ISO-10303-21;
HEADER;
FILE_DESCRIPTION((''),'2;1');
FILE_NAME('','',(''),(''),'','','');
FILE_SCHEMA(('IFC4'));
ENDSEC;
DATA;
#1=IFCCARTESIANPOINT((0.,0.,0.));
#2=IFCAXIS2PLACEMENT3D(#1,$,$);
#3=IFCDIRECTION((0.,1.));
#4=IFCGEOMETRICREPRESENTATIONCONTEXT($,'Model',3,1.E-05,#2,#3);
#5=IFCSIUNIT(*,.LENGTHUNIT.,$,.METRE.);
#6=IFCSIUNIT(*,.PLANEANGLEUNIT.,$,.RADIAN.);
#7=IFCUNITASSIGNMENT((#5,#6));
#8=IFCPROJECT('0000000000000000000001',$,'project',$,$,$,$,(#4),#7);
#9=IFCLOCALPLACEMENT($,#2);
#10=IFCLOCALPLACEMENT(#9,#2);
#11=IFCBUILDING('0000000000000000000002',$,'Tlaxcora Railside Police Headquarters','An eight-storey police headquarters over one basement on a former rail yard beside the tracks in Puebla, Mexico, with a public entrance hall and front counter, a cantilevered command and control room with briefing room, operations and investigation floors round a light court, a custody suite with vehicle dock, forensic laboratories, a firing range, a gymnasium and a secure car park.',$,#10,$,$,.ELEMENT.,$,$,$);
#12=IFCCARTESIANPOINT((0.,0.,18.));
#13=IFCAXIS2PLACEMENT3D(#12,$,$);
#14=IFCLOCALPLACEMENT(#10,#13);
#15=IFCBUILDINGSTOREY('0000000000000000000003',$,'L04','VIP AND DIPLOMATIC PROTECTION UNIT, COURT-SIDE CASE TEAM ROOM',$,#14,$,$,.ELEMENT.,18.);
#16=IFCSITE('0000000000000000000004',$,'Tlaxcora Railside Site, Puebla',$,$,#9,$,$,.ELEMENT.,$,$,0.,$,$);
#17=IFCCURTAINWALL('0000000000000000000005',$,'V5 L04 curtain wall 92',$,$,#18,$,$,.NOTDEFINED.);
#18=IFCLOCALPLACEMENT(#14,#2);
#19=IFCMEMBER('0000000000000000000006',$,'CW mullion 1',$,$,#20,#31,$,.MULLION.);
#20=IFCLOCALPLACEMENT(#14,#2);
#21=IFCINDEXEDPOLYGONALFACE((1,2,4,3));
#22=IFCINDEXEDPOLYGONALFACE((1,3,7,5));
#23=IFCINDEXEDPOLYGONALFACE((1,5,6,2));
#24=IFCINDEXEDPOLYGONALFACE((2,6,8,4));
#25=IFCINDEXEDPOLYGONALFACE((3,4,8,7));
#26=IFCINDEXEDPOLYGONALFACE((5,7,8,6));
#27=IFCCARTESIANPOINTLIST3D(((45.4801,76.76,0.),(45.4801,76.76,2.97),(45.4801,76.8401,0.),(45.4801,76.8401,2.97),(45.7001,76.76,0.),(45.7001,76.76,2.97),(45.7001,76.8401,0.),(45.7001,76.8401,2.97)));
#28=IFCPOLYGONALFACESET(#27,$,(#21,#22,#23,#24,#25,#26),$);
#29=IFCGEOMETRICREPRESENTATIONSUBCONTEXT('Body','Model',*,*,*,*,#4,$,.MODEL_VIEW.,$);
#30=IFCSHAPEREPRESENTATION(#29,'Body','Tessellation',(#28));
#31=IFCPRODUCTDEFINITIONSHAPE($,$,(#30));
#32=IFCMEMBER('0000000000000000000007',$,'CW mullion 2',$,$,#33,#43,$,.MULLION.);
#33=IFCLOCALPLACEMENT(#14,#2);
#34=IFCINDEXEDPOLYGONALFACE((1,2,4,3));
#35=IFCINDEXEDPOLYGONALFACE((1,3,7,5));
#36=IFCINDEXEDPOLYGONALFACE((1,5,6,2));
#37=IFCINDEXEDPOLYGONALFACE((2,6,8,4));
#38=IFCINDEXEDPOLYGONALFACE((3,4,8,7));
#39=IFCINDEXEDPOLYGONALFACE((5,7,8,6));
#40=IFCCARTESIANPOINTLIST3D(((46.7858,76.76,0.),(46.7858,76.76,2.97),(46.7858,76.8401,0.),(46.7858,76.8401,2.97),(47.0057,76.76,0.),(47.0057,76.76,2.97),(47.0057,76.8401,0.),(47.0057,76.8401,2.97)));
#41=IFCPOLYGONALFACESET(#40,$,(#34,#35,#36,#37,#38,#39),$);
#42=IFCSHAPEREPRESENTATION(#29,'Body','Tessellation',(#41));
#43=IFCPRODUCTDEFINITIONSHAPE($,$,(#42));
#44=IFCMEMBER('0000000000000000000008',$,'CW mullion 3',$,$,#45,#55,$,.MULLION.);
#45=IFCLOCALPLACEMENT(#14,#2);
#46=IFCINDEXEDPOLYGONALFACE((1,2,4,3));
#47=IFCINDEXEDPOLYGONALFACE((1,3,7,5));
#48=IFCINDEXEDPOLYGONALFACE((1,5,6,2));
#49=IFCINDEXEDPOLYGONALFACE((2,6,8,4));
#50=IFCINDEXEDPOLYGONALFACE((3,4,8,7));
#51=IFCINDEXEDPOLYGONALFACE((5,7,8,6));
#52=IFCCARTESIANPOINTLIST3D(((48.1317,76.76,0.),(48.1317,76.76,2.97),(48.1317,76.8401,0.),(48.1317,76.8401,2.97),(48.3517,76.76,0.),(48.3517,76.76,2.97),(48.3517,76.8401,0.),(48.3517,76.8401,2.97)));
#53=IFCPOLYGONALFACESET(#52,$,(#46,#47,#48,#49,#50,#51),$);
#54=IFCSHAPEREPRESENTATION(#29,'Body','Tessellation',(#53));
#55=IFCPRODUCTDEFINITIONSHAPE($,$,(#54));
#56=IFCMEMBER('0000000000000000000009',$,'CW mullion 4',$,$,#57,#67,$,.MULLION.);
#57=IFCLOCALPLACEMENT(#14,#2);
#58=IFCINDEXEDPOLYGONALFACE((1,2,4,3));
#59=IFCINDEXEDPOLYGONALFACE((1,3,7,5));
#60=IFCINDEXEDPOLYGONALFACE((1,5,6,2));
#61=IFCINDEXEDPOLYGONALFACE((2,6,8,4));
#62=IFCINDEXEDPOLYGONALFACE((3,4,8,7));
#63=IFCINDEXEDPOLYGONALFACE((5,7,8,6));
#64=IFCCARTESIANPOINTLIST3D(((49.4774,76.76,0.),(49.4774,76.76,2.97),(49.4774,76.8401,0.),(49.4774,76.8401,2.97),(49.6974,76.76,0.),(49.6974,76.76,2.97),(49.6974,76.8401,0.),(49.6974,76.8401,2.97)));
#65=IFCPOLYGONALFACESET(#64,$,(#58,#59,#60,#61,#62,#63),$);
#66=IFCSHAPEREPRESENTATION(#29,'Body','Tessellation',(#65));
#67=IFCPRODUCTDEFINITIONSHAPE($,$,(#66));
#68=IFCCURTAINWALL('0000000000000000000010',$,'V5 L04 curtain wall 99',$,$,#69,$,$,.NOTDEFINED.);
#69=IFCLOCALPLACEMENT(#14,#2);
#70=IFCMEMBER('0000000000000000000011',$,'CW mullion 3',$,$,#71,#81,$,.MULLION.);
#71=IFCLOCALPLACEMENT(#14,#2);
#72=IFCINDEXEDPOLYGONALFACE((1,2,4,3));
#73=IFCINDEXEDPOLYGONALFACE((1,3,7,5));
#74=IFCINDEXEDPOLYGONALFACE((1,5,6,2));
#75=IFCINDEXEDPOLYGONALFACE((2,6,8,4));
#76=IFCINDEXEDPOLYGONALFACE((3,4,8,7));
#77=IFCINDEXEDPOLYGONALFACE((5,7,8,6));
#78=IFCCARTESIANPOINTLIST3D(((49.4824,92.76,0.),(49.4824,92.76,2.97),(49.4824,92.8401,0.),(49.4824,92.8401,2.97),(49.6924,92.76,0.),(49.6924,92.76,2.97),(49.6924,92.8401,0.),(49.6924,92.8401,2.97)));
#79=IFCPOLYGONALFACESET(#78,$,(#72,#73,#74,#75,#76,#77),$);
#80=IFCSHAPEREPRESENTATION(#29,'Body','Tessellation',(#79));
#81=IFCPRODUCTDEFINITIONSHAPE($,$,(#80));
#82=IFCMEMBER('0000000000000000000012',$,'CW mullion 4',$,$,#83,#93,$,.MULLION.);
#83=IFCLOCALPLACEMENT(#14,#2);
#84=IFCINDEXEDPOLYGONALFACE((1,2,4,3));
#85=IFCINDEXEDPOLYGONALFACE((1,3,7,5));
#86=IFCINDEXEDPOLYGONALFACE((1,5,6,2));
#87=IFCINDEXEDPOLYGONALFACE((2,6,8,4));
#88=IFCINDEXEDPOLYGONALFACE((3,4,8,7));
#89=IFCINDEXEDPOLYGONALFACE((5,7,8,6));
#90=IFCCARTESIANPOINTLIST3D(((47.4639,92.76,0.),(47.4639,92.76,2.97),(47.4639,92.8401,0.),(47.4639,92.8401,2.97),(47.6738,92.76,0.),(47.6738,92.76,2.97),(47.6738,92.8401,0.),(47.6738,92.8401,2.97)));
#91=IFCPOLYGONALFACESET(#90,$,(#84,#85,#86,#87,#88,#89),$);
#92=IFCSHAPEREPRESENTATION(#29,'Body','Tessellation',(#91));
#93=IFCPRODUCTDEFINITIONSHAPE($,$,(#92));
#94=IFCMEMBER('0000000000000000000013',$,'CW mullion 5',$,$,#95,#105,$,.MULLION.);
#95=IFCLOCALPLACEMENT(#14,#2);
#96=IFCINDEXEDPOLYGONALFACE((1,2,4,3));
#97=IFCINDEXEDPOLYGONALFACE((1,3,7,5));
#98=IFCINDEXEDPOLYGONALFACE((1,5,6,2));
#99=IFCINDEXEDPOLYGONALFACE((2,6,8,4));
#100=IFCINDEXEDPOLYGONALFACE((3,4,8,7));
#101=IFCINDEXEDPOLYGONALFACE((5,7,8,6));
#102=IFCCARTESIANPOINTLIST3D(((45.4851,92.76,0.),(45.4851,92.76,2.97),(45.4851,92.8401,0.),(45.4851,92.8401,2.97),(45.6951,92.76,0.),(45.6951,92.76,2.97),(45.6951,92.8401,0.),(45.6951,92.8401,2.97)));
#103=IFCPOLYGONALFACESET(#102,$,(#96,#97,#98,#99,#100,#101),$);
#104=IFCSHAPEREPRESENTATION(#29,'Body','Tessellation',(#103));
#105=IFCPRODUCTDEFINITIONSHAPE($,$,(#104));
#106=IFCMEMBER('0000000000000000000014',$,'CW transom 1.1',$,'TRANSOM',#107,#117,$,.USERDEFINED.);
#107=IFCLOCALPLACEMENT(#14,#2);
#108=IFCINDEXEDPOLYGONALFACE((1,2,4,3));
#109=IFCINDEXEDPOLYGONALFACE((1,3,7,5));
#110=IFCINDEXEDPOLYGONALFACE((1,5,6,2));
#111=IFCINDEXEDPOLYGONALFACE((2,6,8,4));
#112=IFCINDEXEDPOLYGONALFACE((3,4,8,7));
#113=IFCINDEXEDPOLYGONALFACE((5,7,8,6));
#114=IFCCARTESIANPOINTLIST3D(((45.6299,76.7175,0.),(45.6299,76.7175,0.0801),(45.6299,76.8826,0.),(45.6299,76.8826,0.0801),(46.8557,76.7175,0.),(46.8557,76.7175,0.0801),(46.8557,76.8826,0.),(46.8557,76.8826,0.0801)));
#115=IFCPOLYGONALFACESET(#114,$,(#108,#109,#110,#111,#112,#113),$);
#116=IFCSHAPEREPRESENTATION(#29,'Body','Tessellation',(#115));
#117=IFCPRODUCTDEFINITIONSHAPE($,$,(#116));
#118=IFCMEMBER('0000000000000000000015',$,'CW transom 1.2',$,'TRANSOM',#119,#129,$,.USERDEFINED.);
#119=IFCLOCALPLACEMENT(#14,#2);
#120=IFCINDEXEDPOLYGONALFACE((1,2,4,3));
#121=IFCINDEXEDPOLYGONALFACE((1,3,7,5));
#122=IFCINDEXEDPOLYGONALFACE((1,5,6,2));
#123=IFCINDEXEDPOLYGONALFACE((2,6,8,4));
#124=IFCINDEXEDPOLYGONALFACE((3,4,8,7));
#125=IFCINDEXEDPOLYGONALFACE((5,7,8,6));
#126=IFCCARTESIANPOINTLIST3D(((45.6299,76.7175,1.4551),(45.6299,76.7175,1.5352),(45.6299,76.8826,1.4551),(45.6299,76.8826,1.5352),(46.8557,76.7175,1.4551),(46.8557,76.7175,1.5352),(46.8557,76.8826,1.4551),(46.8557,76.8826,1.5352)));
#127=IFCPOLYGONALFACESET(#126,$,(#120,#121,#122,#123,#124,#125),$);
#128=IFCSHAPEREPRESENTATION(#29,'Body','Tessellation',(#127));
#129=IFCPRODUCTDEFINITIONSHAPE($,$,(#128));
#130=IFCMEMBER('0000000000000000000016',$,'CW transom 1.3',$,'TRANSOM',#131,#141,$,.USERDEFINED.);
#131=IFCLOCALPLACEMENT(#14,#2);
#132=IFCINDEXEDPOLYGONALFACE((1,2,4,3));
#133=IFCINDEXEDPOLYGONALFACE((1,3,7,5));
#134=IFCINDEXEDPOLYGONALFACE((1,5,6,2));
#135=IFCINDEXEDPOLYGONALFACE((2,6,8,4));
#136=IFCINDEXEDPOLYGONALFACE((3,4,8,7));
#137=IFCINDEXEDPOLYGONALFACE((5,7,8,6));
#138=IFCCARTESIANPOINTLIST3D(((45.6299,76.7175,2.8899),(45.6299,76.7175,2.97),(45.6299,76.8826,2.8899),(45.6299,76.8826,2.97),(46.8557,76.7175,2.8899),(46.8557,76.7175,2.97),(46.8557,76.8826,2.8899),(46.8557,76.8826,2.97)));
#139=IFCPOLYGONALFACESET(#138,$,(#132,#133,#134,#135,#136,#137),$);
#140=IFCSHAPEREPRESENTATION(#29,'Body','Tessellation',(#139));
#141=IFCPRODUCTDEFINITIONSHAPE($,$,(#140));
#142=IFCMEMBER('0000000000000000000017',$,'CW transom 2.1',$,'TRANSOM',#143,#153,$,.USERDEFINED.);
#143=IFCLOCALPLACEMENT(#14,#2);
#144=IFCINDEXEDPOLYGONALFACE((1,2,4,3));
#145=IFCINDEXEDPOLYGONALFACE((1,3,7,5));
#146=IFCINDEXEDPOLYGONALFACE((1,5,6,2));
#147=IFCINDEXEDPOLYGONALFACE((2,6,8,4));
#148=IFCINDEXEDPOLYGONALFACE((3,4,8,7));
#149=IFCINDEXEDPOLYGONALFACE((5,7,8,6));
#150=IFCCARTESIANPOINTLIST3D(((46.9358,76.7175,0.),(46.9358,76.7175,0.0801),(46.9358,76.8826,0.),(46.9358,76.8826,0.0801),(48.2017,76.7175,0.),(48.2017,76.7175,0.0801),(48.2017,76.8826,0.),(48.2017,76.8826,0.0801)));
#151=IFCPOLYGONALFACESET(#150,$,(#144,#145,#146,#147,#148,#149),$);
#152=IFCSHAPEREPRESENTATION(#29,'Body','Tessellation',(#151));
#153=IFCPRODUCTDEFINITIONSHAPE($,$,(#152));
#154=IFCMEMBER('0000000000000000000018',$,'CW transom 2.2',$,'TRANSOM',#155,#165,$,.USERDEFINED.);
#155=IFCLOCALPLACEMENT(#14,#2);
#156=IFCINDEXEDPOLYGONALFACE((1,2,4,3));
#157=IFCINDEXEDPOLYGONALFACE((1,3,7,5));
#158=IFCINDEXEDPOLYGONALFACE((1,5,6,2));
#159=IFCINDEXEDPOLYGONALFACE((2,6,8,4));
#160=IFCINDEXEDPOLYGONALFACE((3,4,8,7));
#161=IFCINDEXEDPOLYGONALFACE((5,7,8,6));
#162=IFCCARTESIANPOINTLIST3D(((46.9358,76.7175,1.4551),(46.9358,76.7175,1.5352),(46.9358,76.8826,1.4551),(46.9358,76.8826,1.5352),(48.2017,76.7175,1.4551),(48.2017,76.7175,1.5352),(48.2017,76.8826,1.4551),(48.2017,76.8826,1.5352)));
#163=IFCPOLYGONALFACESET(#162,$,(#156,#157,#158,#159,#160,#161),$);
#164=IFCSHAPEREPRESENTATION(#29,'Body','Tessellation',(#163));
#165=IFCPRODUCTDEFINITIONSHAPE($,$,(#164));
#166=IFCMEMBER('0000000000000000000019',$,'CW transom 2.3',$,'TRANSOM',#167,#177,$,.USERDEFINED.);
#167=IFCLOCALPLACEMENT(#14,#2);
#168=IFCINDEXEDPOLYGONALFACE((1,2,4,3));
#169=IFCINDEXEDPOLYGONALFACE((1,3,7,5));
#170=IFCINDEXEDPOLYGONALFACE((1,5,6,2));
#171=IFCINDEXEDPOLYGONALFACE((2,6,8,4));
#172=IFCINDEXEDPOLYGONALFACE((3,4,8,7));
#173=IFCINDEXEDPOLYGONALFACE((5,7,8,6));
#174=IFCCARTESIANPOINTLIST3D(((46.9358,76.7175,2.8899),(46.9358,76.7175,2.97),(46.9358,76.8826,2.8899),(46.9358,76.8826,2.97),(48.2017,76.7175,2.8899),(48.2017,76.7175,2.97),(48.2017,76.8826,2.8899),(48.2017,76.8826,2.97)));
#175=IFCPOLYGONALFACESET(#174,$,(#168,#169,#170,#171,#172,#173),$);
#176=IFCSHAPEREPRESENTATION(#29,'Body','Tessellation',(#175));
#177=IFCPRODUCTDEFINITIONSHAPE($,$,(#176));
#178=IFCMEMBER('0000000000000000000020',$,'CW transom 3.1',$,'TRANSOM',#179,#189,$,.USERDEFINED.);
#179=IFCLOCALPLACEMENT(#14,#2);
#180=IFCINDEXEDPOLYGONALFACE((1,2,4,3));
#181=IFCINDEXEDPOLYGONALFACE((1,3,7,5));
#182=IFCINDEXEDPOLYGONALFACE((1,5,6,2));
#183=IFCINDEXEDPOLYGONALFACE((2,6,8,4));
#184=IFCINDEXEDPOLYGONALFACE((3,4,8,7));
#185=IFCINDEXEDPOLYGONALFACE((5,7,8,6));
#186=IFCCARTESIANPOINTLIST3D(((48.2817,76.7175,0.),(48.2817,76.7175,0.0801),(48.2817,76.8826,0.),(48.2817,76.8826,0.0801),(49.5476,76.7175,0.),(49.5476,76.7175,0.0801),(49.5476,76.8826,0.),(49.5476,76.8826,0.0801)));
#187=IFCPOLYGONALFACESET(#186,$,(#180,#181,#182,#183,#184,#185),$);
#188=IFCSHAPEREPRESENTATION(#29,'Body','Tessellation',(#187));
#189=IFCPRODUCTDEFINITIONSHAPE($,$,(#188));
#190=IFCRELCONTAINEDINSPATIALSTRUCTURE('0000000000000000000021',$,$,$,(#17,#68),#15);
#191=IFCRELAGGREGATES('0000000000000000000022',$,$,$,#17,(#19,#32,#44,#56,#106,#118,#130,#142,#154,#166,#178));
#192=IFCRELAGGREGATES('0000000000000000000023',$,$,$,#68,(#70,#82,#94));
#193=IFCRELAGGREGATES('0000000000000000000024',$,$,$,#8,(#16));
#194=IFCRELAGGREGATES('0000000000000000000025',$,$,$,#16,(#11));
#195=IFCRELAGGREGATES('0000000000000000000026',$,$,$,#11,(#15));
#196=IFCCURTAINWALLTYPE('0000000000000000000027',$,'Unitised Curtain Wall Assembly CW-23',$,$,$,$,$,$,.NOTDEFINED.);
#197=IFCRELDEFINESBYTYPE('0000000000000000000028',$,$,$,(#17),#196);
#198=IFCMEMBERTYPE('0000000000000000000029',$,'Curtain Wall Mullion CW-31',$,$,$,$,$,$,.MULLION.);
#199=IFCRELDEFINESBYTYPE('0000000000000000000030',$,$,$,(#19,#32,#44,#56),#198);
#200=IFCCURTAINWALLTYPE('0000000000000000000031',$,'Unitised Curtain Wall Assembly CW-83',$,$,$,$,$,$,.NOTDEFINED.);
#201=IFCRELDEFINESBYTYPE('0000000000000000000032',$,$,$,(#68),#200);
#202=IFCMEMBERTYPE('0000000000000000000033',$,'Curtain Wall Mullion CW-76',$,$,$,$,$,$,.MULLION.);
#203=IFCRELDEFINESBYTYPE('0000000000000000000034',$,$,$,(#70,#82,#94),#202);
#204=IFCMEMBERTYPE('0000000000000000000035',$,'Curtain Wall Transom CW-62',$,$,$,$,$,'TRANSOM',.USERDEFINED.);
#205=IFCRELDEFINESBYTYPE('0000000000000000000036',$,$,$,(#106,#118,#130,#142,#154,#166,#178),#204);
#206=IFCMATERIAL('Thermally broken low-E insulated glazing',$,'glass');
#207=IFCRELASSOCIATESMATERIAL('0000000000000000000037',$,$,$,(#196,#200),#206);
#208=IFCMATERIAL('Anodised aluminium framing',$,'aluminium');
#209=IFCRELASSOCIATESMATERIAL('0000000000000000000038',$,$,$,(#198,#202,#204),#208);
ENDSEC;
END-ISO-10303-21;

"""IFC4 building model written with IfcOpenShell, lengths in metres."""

from ifc_helpers import new_model, si_unit, direction, frame, origin, origin_2d, place, context, subcontext, project, spatial, rectangle, extrude, material, material_profile, profile_set, type_object, element, aggregate, save


model = new_model("IFC4")

# Units and contexts
model_context = context("Model", 3, precision=1e-05, world=origin(), true_north=direction((0.0, 1.0)))
body_context = subcontext(model_context, "Body", "Model", "MODEL_VIEW")
ifc_project = project(units=[si_unit("LENGTHUNIT", "METRE"), si_unit("PLANEANGLEUNIT", "RADIAN")], contexts=[model_context])

# Site, building, storey
site_placement = place(None, origin())
site = spatial("IfcSite", under=ifc_project, at=site_placement, Name="Tlaxcora Railside Site, Puebla", CompositionType="ELEMENT", RefElevation=0.0)
building_placement = place(site_placement, origin())
building = spatial("IfcBuilding", under=site, at=building_placement, Name="Tlaxcora Railside Police Headquarters", Description="An eight-storey police headquarters over one basement on a former rail yard beside the tracks in Puebla, Mexico, with a public entrance hall and front counter, a cantilevered command and control room with briefing room, operations and investigation floors round a light court, a custody suite with vehicle dock, forensic laboratories, a firing range, a gymnasium and a secure car park.", CompositionType="ELEMENT")
storey_placement = place(building_placement, frame((0.0, 0.0, 18.0)))
storey = spatial("IfcBuildingStorey", under=building, at=storey_placement, Name="L04", Description="VIP AND DIPLOMATIC PROTECTION UNIT, COURT-SIDE CASE TEAM ROOM", CompositionType="ELEMENT", Elevation=18.0)

# Curtain walls, members
ifc_material_1 = material(Name="Thermally broken low-E insulated glazing", Category="glass")
curtain_wall_type_1 = type_object("IfcCurtainWallType", Name="Unitised Curtain Wall Assembly CW-23", PredefinedType="NOTDEFINED", material=ifc_material_1)
curtain_wall_1_placement = place(storey_placement, origin())
curtain_wall_1 = element("IfcCurtainWall", 1, at=curtain_wall_1_placement, inside=storey, type_object=curtain_wall_type_1, Name="V5 L04 curtain wall 92", PredefinedType="NOTDEFINED")
ifc_material_2 = material(Name="Anodised aluminium framing", Category="aluminium")
ifc_material_profile_1 = material_profile(ifc_material_2, rectangle(XDim=0.0801, YDim=0.22, at=origin_2d()), Name="AL80X220")
ifc_profile_set_1 = profile_set([ifc_material_profile_1], Name="Anodised aluminium framing")
member_type_1 = type_object("IfcMemberType", Name="Curtain Wall Mullion CW-31", PredefinedType="MULLION", material=ifc_profile_set_1)
member_1_placement = place(storey_placement, frame((45.5901, 76.8, 0.0), z_axis=(0.0, 0.0, 1.0), x_axis=(0.0, 1.0, 0.0)))
member_1 = element("IfcMember", 2, at=member_1_placement, type_object=member_type_1, Name="CW mullion 1", PredefinedType="MULLION", context=body_context, shape_type="SweptSolid", body=[
    extrude(rectangle(XDim=0.0801, YDim=0.22, at=origin_2d()), origin(), (0.0, 0.0, 1.0), 2.97),
])
member_2_placement = place(storey_placement, frame((46.8958, 76.8, 0.0), z_axis=(0.0, 0.0, 1.0), x_axis=(0.0, 1.0, 0.0)))
member_2 = element("IfcMember", 3, at=member_2_placement, type_object=member_type_1, Name="CW mullion 2", PredefinedType="MULLION", context=body_context, shape_type="SweptSolid", body=[
    extrude(rectangle(XDim=0.0801, YDim=0.22, at=origin_2d()), origin(), (0.0, 0.0, 1.0), 2.97),
])
member_3_placement = place(storey_placement, frame((48.2417, 76.8, 0.0), z_axis=(0.0, 0.0, 1.0), x_axis=(0.0, 1.0, 0.0)))
member_3 = element("IfcMember", 4, at=member_3_placement, type_object=member_type_1, Name="CW mullion 3", PredefinedType="MULLION", context=body_context, shape_type="SweptSolid", body=[
    extrude(rectangle(XDim=0.0801, YDim=0.22, at=origin_2d()), origin(), (0.0, 0.0, 1.0), 2.97),
])
member_4_placement = place(storey_placement, frame((49.5874, 76.8, 0.0), z_axis=(0.0, 0.0, 1.0), x_axis=(0.0, 1.0, 0.0)))
member_4 = element("IfcMember", 5, at=member_4_placement, type_object=member_type_1, Name="CW mullion 4", PredefinedType="MULLION", context=body_context, shape_type="SweptSolid", body=[
    extrude(rectangle(XDim=0.0801, YDim=0.22, at=origin_2d()), origin(), (0.0, 0.0, 1.0), 2.97),
])
curtain_wall_type_2 = type_object("IfcCurtainWallType", Name="Unitised Curtain Wall Assembly CW-83", PredefinedType="NOTDEFINED", material=ifc_material_1)
curtain_wall_2_placement = place(storey_placement, origin())
curtain_wall_2 = element("IfcCurtainWall", 6, at=curtain_wall_2_placement, inside=storey, type_object=curtain_wall_type_2, Name="V5 L04 curtain wall 99", PredefinedType="NOTDEFINED")
ifc_material_profile_2 = material_profile(ifc_material_2, rectangle(XDim=0.0801, YDim=0.21, at=origin_2d()), Name="AL80X210")
ifc_profile_set_2 = profile_set([ifc_material_profile_2], Name="Anodised aluminium framing")
member_type_2 = type_object("IfcMemberType", Name="Curtain Wall Mullion CW-76", PredefinedType="MULLION", material=ifc_profile_set_2)
member_5_placement = place(storey_placement, frame((49.5874, 92.8, 0.0), z_axis=(0.0, 0.0, 1.0), x_axis=(0.0, -1.0, 0.0)))
member_5 = element("IfcMember", 7, at=member_5_placement, type_object=member_type_2, Name="CW mullion 3", PredefinedType="MULLION", context=body_context, shape_type="SweptSolid", body=[
    extrude(rectangle(XDim=0.0801, YDim=0.21, at=origin_2d()), origin(), (0.0, 0.0, 1.0), 2.97),
])
member_6_placement = place(storey_placement, frame((47.5688, 92.8, 0.0), z_axis=(0.0, 0.0, 1.0), x_axis=(0.0, -1.0, 0.0)))
member_6 = element("IfcMember", 8, at=member_6_placement, type_object=member_type_2, Name="CW mullion 4", PredefinedType="MULLION", context=body_context, shape_type="SweptSolid", body=[
    extrude(rectangle(XDim=0.0801, YDim=0.21, at=origin_2d()), origin(), (0.0, 0.0, 1.0), 2.97),
])
member_7_placement = place(storey_placement, frame((45.5901, 92.8, 0.0), z_axis=(0.0, 0.0, 1.0), x_axis=(0.0, -1.0, 0.0)))
member_7 = element("IfcMember", 9, at=member_7_placement, type_object=member_type_2, Name="CW mullion 5", PredefinedType="MULLION", context=body_context, shape_type="SweptSolid", body=[
    extrude(rectangle(XDim=0.0801, YDim=0.21, at=origin_2d()), origin(), (0.0, 0.0, 1.0), 2.97),
])

# Members
ifc_material_profile_3 = material_profile(ifc_material_2, rectangle(XDim=0.165, YDim=0.0801, at=origin_2d()), Name="AL80X165")
ifc_profile_set_3 = profile_set([ifc_material_profile_3], Name="Anodised aluminium framing")
member_type_3 = type_object("IfcMemberType", Name="Curtain Wall Transom CW-62", ElementType="TRANSOM", PredefinedType="USERDEFINED", material=ifc_profile_set_3)
member_8_placement = place(storey_placement, frame((45.6299, 76.8, 0.04), z_axis=(1.0, 0.0, 0.0), x_axis=(0.0, 1.0, 0.0)))
member_8 = element("IfcMember", 10, at=member_8_placement, type_object=member_type_3, Name="CW transom 1.1", ObjectType="TRANSOM", PredefinedType="USERDEFINED", context=body_context, shape_type="SweptSolid", body=[
    extrude(rectangle(XDim=0.165, YDim=0.0801, at=origin_2d()), origin(), (0.0, 0.0, 1.0), 1.2258),
])
member_9_placement = place(storey_placement, frame((45.6299, 76.8, 1.4951), z_axis=(1.0, 0.0, 0.0), x_axis=(0.0, 1.0, 0.0)))
member_9 = element("IfcMember", 11, at=member_9_placement, type_object=member_type_3, Name="CW transom 1.2", ObjectType="TRANSOM", PredefinedType="USERDEFINED", context=body_context, shape_type="SweptSolid", body=[
    extrude(rectangle(XDim=0.165, YDim=0.0801, at=origin_2d()), origin(), (0.0, 0.0, 1.0), 1.2258),
])
member_10_placement = place(storey_placement, frame((45.6299, 76.8, 2.9299), z_axis=(1.0, 0.0, 0.0), x_axis=(0.0, 1.0, 0.0)))
member_10 = element("IfcMember", 12, at=member_10_placement, type_object=member_type_3, Name="CW transom 1.3", ObjectType="TRANSOM", PredefinedType="USERDEFINED", context=body_context, shape_type="SweptSolid", body=[
    extrude(rectangle(XDim=0.165, YDim=0.0801, at=origin_2d()), origin(), (0.0, 0.0, 1.0), 1.2258),
])
member_11_placement = place(storey_placement, frame((46.9358, 76.8, 0.04), z_axis=(1.0, 0.0, 0.0), x_axis=(0.0, 1.0, 0.0)))
member_11 = element("IfcMember", 13, at=member_11_placement, type_object=member_type_3, Name="CW transom 2.1", ObjectType="TRANSOM", PredefinedType="USERDEFINED", context=body_context, shape_type="SweptSolid", body=[
    extrude(rectangle(XDim=0.165, YDim=0.0801, at=origin_2d()), origin(), (0.0, 0.0, 1.0), 1.2659),
])
member_12_placement = place(storey_placement, frame((46.9358, 76.8, 1.4951), z_axis=(1.0, 0.0, 0.0), x_axis=(0.0, 1.0, 0.0)))
member_12 = element("IfcMember", 14, at=member_12_placement, type_object=member_type_3, Name="CW transom 2.2", ObjectType="TRANSOM", PredefinedType="USERDEFINED", context=body_context, shape_type="SweptSolid", body=[
    extrude(rectangle(XDim=0.165, YDim=0.0801, at=origin_2d()), origin(), (0.0, 0.0, 1.0), 1.2659),
])
member_13_placement = place(storey_placement, frame((46.9358, 76.8, 2.9299), z_axis=(1.0, 0.0, 0.0), x_axis=(0.0, 1.0, 0.0)))
member_13 = element("IfcMember", 15, at=member_13_placement, type_object=member_type_3, Name="CW transom 2.3", ObjectType="TRANSOM", PredefinedType="USERDEFINED", context=body_context, shape_type="SweptSolid", body=[
    extrude(rectangle(XDim=0.165, YDim=0.0801, at=origin_2d()), origin(), (0.0, 0.0, 1.0), 1.2659),
])
member_14_placement = place(storey_placement, frame((48.2817, 76.8, 0.04), z_axis=(1.0, 0.0, 0.0), x_axis=(0.0, 1.0, 0.0)))
member_14 = element("IfcMember", 16, at=member_14_placement, type_object=member_type_3, Name="CW transom 3.1", ObjectType="TRANSOM", PredefinedType="USERDEFINED", context=body_context, shape_type="SweptSolid", body=[
    extrude(rectangle(XDim=0.165, YDim=0.0801, at=origin_2d()), origin(), (0.0, 0.0, 1.0), 1.2659),
])

aggregate(curtain_wall_1, [member_1, member_2, member_3, member_4, member_8, member_9, member_10, member_11, member_12, member_13, member_14])
aggregate(curtain_wall_2, [member_5, member_6, member_7])

save(model, "model.ifc")
